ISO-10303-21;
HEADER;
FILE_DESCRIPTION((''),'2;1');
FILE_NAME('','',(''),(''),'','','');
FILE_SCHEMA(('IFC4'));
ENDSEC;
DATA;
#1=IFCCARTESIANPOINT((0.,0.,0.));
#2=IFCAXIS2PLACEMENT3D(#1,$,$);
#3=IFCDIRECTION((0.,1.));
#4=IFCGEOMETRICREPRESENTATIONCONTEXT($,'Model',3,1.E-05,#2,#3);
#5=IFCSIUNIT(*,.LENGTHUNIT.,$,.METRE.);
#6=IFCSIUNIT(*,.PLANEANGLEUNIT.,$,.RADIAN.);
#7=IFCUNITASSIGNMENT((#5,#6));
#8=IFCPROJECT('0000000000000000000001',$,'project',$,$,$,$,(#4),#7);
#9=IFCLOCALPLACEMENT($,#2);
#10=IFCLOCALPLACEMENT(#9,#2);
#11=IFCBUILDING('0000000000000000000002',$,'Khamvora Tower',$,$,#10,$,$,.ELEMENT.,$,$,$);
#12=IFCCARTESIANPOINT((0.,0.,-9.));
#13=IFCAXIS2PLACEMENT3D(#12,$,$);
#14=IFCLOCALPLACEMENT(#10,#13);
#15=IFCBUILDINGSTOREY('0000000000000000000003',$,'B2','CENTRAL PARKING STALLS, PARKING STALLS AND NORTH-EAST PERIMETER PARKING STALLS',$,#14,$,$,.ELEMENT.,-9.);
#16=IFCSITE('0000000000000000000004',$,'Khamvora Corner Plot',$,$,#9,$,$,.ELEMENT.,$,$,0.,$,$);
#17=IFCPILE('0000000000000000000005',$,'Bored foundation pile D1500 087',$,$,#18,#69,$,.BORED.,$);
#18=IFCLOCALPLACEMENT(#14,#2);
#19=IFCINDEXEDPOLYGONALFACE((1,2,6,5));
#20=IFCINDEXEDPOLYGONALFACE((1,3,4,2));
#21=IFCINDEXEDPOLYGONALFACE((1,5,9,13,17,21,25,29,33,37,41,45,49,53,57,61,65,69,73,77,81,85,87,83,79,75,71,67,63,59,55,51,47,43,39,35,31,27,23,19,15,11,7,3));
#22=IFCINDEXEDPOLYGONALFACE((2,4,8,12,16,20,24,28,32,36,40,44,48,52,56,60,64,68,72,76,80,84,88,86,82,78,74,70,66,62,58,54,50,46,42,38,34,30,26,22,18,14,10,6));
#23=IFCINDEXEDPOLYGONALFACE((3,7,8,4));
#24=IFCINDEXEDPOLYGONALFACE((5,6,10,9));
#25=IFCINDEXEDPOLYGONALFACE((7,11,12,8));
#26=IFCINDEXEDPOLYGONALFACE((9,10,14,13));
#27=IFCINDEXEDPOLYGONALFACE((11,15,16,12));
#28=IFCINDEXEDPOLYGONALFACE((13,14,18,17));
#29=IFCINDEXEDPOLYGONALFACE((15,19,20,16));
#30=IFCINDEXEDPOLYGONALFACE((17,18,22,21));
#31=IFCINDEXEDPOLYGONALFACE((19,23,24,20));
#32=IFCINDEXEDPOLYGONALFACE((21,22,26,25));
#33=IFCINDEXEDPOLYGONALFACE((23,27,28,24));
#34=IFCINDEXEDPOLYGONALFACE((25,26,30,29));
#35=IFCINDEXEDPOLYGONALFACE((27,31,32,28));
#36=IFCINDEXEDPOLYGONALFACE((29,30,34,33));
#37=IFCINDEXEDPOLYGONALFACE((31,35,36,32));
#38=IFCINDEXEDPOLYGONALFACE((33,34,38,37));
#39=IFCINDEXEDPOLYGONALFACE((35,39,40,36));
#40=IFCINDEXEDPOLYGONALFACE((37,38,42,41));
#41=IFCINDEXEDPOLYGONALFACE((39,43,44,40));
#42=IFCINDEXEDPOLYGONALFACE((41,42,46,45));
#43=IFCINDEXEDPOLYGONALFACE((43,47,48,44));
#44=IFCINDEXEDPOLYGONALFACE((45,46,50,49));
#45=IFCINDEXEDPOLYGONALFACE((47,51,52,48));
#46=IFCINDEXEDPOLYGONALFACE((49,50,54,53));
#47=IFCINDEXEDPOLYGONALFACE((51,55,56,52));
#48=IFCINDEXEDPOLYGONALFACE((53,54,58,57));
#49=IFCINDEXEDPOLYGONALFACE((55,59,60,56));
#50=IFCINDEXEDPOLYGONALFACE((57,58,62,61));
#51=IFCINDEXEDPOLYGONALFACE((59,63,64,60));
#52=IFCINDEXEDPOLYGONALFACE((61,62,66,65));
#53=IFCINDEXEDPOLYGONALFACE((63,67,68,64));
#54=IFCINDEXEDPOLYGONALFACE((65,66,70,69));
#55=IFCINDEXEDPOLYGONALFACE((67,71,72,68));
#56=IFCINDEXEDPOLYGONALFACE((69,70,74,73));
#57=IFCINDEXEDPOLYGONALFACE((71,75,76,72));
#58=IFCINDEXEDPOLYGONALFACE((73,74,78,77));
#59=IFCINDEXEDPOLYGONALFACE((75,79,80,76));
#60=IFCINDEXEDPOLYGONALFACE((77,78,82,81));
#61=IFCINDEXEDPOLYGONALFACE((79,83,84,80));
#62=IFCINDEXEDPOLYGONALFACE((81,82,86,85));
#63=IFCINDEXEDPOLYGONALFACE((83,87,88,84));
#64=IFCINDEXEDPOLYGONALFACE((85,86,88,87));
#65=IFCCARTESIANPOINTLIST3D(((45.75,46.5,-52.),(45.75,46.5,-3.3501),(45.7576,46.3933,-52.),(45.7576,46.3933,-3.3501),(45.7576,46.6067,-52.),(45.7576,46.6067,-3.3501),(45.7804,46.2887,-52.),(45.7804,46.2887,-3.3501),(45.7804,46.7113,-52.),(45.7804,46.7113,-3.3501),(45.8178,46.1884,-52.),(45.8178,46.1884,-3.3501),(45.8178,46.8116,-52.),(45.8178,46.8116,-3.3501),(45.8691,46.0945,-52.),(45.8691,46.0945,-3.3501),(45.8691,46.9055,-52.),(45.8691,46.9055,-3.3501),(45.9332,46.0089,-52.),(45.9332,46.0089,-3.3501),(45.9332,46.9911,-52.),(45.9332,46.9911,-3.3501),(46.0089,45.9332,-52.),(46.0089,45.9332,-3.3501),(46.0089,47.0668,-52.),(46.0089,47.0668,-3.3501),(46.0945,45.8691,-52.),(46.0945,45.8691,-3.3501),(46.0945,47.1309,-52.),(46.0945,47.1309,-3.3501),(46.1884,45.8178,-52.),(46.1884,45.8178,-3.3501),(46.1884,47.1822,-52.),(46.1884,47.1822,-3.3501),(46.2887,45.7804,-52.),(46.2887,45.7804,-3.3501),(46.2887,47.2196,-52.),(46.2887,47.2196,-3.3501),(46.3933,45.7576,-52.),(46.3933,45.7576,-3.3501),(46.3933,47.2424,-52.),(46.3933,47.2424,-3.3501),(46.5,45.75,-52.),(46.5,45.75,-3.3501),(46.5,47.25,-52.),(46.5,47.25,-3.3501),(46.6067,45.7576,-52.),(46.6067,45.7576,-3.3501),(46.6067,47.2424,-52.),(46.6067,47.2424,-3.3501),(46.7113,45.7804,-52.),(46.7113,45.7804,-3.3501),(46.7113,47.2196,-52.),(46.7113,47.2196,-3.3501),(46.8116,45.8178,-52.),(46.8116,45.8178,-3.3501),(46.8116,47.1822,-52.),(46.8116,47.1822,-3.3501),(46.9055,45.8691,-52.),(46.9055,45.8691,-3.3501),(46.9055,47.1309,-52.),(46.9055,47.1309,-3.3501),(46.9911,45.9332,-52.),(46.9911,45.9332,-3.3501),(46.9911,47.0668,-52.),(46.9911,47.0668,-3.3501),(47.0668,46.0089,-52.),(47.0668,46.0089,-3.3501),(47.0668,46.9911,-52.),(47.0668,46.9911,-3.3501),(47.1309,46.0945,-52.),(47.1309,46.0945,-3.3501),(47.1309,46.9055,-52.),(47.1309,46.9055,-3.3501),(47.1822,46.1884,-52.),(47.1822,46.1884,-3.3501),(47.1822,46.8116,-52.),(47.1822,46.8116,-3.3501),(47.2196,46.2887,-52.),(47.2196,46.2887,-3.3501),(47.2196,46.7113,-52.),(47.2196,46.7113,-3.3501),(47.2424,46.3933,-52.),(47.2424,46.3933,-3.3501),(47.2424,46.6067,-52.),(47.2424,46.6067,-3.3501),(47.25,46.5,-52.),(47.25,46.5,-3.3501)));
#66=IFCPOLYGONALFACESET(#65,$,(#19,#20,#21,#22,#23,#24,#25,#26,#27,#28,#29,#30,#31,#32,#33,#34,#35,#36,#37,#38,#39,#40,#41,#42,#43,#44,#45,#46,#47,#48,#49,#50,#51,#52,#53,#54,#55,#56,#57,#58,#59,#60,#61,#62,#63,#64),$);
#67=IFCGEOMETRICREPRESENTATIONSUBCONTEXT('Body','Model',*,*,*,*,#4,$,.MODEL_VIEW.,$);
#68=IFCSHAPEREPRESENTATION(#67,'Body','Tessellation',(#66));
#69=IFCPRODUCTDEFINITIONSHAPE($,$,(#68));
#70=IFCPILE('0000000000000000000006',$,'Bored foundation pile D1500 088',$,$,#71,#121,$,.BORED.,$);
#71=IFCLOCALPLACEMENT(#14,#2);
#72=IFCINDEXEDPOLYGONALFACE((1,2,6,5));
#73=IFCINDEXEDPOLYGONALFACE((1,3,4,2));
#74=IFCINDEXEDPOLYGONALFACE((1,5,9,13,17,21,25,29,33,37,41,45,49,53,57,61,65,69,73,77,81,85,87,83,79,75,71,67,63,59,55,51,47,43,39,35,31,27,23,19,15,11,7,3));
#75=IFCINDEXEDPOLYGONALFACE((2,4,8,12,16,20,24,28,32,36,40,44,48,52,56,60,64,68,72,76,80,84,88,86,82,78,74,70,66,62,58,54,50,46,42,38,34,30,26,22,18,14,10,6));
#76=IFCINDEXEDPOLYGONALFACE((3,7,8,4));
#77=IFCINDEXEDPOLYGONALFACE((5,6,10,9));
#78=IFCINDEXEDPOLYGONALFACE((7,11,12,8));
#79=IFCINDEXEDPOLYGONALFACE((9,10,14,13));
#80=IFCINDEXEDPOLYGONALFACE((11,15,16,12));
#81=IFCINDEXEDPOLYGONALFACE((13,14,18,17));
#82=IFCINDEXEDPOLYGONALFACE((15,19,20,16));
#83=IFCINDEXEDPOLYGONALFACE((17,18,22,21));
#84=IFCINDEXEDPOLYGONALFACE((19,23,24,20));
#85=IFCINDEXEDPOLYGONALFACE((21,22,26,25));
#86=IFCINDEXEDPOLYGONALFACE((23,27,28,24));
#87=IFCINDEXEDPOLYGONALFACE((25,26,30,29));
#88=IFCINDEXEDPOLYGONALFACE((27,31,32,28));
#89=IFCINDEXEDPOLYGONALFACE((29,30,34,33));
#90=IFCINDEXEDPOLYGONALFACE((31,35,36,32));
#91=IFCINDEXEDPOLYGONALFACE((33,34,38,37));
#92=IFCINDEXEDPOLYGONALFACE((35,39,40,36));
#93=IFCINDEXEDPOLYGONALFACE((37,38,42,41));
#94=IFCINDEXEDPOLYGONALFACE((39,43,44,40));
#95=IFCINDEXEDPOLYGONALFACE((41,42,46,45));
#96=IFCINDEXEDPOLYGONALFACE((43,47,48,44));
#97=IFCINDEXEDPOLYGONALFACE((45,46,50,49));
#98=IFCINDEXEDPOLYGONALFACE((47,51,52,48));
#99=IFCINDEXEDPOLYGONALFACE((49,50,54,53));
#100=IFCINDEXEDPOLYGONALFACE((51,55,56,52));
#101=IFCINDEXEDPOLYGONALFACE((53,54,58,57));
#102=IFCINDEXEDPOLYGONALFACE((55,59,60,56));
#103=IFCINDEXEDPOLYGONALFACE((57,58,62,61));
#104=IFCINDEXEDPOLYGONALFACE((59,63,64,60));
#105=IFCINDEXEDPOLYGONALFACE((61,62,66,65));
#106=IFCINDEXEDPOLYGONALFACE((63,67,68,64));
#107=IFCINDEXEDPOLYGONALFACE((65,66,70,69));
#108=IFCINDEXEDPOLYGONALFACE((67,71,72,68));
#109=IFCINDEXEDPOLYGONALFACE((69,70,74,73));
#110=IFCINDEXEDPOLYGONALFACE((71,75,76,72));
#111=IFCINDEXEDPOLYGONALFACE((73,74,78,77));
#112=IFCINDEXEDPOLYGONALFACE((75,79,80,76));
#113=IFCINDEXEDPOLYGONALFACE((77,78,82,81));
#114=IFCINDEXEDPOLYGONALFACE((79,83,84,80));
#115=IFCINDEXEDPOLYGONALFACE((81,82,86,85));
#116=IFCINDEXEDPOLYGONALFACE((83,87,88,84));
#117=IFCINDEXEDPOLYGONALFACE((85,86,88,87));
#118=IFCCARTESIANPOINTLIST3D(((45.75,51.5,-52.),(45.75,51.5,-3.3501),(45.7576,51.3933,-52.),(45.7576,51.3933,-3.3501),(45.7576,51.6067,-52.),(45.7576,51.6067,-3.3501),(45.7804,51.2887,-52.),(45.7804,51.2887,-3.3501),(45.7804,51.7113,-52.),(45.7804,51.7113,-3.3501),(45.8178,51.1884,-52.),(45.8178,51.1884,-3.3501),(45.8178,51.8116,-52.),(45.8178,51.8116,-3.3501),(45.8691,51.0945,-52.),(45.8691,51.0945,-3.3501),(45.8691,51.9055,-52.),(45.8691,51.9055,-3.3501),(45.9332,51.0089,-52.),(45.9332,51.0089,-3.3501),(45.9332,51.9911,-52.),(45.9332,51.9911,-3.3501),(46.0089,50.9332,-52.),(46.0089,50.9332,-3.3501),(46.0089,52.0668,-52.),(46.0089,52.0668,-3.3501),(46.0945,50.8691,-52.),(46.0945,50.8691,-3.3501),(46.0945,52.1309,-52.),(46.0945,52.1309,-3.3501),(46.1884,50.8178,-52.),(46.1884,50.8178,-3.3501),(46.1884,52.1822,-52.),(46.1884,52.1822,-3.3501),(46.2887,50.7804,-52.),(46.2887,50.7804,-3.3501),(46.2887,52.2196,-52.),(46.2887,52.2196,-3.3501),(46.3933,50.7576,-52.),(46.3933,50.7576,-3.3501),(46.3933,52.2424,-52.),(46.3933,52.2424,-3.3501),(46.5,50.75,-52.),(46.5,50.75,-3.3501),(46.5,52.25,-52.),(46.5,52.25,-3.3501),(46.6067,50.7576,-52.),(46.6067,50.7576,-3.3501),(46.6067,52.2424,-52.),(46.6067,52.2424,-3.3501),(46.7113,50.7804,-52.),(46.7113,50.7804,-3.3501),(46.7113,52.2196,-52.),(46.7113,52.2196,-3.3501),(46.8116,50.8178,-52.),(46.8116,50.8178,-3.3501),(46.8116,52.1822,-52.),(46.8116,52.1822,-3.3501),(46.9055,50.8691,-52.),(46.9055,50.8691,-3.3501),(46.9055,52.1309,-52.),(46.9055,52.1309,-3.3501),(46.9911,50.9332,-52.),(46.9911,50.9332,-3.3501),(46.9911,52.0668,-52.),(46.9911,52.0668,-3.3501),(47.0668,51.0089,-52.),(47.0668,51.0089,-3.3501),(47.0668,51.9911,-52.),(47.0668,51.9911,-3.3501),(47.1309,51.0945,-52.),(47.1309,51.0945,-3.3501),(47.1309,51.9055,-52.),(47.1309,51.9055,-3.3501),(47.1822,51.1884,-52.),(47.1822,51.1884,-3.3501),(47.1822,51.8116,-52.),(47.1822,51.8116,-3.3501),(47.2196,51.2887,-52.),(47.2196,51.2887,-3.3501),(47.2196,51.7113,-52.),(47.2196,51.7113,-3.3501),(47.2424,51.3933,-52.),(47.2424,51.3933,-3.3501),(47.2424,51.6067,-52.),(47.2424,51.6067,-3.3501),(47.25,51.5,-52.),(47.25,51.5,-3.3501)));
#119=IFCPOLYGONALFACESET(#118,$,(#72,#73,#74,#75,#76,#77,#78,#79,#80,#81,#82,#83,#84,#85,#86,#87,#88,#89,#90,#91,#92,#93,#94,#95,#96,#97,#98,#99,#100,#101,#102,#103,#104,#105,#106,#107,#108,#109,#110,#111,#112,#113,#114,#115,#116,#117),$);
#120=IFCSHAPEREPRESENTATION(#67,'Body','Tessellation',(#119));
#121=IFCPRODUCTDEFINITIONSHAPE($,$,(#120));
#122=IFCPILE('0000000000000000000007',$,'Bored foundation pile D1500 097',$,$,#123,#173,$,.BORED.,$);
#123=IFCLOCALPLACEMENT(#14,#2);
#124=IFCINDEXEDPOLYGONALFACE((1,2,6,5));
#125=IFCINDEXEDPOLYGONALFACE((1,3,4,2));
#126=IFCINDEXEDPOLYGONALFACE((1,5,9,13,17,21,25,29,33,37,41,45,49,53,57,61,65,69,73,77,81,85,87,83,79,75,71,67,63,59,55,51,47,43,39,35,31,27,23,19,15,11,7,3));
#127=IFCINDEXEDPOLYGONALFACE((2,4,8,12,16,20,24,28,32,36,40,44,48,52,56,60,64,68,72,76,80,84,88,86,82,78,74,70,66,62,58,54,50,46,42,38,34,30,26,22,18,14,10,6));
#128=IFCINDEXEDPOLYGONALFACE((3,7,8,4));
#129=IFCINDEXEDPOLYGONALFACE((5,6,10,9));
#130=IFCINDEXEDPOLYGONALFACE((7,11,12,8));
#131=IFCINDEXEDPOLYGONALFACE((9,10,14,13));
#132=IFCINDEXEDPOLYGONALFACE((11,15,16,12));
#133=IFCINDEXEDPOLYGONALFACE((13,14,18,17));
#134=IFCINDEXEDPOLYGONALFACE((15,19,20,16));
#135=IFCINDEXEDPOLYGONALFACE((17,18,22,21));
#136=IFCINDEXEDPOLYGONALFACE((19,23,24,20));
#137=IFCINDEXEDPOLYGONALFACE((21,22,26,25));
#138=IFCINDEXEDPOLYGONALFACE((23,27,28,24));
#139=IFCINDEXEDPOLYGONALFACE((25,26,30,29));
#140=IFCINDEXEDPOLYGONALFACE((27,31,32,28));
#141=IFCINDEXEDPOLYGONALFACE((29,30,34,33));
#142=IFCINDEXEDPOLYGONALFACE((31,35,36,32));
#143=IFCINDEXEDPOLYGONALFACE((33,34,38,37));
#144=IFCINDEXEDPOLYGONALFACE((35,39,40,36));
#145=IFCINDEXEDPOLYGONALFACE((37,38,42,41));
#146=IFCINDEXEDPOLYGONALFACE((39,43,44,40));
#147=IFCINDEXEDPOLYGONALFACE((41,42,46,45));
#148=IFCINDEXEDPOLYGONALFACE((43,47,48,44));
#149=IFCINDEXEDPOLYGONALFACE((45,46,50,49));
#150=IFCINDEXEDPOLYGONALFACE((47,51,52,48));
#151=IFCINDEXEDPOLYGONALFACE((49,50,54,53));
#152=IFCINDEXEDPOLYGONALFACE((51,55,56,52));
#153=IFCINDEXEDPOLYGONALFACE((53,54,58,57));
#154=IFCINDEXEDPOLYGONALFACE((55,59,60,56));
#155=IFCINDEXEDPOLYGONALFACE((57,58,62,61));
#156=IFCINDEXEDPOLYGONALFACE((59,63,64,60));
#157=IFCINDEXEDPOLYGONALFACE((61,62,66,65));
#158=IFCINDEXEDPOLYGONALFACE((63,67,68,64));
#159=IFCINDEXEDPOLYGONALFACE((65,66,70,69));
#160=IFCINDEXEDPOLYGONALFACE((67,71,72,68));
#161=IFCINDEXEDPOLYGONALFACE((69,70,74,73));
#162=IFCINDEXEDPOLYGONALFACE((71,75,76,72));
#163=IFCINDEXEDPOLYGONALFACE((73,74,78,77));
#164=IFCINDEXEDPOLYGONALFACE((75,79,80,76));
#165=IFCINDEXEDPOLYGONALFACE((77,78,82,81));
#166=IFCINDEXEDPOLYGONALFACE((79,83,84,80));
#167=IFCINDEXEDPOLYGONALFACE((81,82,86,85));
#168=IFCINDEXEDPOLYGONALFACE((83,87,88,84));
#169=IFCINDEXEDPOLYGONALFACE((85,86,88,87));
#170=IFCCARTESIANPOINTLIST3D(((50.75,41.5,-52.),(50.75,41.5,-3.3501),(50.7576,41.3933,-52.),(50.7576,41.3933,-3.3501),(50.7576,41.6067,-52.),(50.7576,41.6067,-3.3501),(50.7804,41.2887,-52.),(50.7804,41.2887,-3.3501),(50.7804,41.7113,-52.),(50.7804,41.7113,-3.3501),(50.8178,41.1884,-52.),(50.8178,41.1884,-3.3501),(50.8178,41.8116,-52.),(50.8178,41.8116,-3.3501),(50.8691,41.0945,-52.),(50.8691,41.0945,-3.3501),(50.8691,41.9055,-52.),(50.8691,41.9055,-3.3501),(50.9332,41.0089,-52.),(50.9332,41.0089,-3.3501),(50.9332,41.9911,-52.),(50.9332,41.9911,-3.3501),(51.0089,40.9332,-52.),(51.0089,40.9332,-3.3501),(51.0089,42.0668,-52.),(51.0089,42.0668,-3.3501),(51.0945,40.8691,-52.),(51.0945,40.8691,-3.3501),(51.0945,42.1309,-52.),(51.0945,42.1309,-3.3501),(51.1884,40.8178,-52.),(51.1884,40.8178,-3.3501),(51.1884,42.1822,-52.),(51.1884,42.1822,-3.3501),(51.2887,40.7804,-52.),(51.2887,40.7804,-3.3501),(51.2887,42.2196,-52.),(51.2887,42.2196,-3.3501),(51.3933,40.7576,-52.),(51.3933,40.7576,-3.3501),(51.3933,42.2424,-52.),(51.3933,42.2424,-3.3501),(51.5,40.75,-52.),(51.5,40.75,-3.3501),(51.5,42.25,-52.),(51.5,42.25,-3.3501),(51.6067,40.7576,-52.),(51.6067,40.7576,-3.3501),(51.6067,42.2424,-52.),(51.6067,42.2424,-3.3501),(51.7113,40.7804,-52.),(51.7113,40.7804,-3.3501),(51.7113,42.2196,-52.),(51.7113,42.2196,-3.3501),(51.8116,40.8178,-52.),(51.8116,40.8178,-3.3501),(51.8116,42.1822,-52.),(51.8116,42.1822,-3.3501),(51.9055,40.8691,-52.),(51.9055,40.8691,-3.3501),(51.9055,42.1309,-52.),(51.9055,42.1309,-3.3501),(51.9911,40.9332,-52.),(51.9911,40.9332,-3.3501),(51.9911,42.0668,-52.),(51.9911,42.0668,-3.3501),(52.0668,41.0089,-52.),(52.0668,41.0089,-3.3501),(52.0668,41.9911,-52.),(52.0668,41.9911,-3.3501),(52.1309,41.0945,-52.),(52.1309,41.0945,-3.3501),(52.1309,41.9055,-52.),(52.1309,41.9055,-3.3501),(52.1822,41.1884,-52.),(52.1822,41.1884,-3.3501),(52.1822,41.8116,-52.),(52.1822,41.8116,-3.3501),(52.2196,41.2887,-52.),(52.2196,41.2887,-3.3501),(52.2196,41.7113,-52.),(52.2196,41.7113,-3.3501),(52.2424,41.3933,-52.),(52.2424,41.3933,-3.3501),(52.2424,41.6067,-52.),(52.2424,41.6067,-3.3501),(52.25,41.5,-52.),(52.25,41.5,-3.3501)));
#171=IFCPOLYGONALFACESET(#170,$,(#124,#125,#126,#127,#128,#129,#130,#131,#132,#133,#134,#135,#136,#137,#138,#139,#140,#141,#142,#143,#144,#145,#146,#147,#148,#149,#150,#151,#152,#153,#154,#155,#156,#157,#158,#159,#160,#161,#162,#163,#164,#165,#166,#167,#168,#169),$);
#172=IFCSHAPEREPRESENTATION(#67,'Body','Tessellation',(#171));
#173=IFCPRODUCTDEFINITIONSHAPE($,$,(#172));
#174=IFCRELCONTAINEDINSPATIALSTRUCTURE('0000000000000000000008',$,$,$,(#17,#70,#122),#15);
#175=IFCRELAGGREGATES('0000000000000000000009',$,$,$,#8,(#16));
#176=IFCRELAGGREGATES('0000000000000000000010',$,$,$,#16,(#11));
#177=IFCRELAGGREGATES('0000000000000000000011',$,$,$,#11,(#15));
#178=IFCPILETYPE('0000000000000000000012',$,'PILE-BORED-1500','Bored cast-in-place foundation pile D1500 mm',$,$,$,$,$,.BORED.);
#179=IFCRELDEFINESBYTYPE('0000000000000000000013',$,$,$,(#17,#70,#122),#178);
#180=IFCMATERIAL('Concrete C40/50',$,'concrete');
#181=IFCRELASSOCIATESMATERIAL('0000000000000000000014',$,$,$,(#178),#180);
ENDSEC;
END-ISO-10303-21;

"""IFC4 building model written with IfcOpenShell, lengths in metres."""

from ifc_helpers import new_model, si_unit, direction, frame, origin, origin_2d, place, context, subcontext, project, spatial, circle, extrude, material, material_profile, profile_set, type_object, element, save


model = new_model("IFC4")

# Units and contexts
model_context = context("Model", 3, precision=1e-05, world=origin(), true_north=direction((0.0, 1.0)))
body_context = subcontext(model_context, "Body", "Model", "MODEL_VIEW")
ifc_project = project(units=[si_unit("LENGTHUNIT", "METRE"), si_unit("PLANEANGLEUNIT", "RADIAN")], contexts=[model_context])

# Site, building, storey
site_placement = place(None, origin())
site = spatial("IfcSite", under=ifc_project, at=site_placement, Name="Khamvora Corner Plot", CompositionType="ELEMENT", RefElevation=0.0)
building_placement = place(site_placement, origin())
building = spatial("IfcBuilding", under=site, at=building_placement, Name="Khamvora Tower", CompositionType="ELEMENT")
storey_placement = place(building_placement, frame((0.0, 0.0, -9.0)))
storey = spatial("IfcBuildingStorey", under=building, at=storey_placement, Name="B2", Description="CENTRAL PARKING STALLS, PARKING STALLS AND NORTH-EAST PERIMETER PARKING STALLS", CompositionType="ELEMENT", Elevation=-9.0)

# Piles
ifc_material_1 = material(Name="Concrete C40/50", Category="concrete")
ifc_material_profile_1 = material_profile(ifc_material_1, circle(Radius=0.75, at=origin_2d()), Name="PILE_D1500")
ifc_profile_set_1 = profile_set([ifc_material_profile_1], Name="Concrete C40/50")
pile_type_1 = type_object("IfcPileType", Name="PILE-BORED-1500", Description="Bored cast-in-place foundation pile D1500 mm", PredefinedType="BORED", material=ifc_profile_set_1)
for number, where, z_axis, x_axis, name in (
    (1, (46.5, 46.5, -3.3501), (0.0, 0.0, -1.0), (1.0, 0.0, 0.0), "Bored foundation pile D1500 087"),
    (2, (46.5, 51.5, -3.3501), (0.0, 0.0, -1.0), (1.0, 0.0, 0.0), "Bored foundation pile D1500 088"),
    (3, (51.5, 41.5, -3.3501), (0.0, 0.0, -1.0), (1.0, 0.0, 0.0), "Bored foundation pile D1500 097"),
):
    element("IfcPile", number, at=place(storey_placement, frame(where, z_axis=z_axis, x_axis=x_axis)), inside=storey, type_object=pile_type_1, Name=name, PredefinedType="BORED", context=body_context, shape_type="SweptSolid", body=[
        extrude(circle(Radius=0.75, at=origin_2d()), origin(), (0.0, 0.0, 1.0), 48.6499),
    ])

save(model, "model.ifc")
